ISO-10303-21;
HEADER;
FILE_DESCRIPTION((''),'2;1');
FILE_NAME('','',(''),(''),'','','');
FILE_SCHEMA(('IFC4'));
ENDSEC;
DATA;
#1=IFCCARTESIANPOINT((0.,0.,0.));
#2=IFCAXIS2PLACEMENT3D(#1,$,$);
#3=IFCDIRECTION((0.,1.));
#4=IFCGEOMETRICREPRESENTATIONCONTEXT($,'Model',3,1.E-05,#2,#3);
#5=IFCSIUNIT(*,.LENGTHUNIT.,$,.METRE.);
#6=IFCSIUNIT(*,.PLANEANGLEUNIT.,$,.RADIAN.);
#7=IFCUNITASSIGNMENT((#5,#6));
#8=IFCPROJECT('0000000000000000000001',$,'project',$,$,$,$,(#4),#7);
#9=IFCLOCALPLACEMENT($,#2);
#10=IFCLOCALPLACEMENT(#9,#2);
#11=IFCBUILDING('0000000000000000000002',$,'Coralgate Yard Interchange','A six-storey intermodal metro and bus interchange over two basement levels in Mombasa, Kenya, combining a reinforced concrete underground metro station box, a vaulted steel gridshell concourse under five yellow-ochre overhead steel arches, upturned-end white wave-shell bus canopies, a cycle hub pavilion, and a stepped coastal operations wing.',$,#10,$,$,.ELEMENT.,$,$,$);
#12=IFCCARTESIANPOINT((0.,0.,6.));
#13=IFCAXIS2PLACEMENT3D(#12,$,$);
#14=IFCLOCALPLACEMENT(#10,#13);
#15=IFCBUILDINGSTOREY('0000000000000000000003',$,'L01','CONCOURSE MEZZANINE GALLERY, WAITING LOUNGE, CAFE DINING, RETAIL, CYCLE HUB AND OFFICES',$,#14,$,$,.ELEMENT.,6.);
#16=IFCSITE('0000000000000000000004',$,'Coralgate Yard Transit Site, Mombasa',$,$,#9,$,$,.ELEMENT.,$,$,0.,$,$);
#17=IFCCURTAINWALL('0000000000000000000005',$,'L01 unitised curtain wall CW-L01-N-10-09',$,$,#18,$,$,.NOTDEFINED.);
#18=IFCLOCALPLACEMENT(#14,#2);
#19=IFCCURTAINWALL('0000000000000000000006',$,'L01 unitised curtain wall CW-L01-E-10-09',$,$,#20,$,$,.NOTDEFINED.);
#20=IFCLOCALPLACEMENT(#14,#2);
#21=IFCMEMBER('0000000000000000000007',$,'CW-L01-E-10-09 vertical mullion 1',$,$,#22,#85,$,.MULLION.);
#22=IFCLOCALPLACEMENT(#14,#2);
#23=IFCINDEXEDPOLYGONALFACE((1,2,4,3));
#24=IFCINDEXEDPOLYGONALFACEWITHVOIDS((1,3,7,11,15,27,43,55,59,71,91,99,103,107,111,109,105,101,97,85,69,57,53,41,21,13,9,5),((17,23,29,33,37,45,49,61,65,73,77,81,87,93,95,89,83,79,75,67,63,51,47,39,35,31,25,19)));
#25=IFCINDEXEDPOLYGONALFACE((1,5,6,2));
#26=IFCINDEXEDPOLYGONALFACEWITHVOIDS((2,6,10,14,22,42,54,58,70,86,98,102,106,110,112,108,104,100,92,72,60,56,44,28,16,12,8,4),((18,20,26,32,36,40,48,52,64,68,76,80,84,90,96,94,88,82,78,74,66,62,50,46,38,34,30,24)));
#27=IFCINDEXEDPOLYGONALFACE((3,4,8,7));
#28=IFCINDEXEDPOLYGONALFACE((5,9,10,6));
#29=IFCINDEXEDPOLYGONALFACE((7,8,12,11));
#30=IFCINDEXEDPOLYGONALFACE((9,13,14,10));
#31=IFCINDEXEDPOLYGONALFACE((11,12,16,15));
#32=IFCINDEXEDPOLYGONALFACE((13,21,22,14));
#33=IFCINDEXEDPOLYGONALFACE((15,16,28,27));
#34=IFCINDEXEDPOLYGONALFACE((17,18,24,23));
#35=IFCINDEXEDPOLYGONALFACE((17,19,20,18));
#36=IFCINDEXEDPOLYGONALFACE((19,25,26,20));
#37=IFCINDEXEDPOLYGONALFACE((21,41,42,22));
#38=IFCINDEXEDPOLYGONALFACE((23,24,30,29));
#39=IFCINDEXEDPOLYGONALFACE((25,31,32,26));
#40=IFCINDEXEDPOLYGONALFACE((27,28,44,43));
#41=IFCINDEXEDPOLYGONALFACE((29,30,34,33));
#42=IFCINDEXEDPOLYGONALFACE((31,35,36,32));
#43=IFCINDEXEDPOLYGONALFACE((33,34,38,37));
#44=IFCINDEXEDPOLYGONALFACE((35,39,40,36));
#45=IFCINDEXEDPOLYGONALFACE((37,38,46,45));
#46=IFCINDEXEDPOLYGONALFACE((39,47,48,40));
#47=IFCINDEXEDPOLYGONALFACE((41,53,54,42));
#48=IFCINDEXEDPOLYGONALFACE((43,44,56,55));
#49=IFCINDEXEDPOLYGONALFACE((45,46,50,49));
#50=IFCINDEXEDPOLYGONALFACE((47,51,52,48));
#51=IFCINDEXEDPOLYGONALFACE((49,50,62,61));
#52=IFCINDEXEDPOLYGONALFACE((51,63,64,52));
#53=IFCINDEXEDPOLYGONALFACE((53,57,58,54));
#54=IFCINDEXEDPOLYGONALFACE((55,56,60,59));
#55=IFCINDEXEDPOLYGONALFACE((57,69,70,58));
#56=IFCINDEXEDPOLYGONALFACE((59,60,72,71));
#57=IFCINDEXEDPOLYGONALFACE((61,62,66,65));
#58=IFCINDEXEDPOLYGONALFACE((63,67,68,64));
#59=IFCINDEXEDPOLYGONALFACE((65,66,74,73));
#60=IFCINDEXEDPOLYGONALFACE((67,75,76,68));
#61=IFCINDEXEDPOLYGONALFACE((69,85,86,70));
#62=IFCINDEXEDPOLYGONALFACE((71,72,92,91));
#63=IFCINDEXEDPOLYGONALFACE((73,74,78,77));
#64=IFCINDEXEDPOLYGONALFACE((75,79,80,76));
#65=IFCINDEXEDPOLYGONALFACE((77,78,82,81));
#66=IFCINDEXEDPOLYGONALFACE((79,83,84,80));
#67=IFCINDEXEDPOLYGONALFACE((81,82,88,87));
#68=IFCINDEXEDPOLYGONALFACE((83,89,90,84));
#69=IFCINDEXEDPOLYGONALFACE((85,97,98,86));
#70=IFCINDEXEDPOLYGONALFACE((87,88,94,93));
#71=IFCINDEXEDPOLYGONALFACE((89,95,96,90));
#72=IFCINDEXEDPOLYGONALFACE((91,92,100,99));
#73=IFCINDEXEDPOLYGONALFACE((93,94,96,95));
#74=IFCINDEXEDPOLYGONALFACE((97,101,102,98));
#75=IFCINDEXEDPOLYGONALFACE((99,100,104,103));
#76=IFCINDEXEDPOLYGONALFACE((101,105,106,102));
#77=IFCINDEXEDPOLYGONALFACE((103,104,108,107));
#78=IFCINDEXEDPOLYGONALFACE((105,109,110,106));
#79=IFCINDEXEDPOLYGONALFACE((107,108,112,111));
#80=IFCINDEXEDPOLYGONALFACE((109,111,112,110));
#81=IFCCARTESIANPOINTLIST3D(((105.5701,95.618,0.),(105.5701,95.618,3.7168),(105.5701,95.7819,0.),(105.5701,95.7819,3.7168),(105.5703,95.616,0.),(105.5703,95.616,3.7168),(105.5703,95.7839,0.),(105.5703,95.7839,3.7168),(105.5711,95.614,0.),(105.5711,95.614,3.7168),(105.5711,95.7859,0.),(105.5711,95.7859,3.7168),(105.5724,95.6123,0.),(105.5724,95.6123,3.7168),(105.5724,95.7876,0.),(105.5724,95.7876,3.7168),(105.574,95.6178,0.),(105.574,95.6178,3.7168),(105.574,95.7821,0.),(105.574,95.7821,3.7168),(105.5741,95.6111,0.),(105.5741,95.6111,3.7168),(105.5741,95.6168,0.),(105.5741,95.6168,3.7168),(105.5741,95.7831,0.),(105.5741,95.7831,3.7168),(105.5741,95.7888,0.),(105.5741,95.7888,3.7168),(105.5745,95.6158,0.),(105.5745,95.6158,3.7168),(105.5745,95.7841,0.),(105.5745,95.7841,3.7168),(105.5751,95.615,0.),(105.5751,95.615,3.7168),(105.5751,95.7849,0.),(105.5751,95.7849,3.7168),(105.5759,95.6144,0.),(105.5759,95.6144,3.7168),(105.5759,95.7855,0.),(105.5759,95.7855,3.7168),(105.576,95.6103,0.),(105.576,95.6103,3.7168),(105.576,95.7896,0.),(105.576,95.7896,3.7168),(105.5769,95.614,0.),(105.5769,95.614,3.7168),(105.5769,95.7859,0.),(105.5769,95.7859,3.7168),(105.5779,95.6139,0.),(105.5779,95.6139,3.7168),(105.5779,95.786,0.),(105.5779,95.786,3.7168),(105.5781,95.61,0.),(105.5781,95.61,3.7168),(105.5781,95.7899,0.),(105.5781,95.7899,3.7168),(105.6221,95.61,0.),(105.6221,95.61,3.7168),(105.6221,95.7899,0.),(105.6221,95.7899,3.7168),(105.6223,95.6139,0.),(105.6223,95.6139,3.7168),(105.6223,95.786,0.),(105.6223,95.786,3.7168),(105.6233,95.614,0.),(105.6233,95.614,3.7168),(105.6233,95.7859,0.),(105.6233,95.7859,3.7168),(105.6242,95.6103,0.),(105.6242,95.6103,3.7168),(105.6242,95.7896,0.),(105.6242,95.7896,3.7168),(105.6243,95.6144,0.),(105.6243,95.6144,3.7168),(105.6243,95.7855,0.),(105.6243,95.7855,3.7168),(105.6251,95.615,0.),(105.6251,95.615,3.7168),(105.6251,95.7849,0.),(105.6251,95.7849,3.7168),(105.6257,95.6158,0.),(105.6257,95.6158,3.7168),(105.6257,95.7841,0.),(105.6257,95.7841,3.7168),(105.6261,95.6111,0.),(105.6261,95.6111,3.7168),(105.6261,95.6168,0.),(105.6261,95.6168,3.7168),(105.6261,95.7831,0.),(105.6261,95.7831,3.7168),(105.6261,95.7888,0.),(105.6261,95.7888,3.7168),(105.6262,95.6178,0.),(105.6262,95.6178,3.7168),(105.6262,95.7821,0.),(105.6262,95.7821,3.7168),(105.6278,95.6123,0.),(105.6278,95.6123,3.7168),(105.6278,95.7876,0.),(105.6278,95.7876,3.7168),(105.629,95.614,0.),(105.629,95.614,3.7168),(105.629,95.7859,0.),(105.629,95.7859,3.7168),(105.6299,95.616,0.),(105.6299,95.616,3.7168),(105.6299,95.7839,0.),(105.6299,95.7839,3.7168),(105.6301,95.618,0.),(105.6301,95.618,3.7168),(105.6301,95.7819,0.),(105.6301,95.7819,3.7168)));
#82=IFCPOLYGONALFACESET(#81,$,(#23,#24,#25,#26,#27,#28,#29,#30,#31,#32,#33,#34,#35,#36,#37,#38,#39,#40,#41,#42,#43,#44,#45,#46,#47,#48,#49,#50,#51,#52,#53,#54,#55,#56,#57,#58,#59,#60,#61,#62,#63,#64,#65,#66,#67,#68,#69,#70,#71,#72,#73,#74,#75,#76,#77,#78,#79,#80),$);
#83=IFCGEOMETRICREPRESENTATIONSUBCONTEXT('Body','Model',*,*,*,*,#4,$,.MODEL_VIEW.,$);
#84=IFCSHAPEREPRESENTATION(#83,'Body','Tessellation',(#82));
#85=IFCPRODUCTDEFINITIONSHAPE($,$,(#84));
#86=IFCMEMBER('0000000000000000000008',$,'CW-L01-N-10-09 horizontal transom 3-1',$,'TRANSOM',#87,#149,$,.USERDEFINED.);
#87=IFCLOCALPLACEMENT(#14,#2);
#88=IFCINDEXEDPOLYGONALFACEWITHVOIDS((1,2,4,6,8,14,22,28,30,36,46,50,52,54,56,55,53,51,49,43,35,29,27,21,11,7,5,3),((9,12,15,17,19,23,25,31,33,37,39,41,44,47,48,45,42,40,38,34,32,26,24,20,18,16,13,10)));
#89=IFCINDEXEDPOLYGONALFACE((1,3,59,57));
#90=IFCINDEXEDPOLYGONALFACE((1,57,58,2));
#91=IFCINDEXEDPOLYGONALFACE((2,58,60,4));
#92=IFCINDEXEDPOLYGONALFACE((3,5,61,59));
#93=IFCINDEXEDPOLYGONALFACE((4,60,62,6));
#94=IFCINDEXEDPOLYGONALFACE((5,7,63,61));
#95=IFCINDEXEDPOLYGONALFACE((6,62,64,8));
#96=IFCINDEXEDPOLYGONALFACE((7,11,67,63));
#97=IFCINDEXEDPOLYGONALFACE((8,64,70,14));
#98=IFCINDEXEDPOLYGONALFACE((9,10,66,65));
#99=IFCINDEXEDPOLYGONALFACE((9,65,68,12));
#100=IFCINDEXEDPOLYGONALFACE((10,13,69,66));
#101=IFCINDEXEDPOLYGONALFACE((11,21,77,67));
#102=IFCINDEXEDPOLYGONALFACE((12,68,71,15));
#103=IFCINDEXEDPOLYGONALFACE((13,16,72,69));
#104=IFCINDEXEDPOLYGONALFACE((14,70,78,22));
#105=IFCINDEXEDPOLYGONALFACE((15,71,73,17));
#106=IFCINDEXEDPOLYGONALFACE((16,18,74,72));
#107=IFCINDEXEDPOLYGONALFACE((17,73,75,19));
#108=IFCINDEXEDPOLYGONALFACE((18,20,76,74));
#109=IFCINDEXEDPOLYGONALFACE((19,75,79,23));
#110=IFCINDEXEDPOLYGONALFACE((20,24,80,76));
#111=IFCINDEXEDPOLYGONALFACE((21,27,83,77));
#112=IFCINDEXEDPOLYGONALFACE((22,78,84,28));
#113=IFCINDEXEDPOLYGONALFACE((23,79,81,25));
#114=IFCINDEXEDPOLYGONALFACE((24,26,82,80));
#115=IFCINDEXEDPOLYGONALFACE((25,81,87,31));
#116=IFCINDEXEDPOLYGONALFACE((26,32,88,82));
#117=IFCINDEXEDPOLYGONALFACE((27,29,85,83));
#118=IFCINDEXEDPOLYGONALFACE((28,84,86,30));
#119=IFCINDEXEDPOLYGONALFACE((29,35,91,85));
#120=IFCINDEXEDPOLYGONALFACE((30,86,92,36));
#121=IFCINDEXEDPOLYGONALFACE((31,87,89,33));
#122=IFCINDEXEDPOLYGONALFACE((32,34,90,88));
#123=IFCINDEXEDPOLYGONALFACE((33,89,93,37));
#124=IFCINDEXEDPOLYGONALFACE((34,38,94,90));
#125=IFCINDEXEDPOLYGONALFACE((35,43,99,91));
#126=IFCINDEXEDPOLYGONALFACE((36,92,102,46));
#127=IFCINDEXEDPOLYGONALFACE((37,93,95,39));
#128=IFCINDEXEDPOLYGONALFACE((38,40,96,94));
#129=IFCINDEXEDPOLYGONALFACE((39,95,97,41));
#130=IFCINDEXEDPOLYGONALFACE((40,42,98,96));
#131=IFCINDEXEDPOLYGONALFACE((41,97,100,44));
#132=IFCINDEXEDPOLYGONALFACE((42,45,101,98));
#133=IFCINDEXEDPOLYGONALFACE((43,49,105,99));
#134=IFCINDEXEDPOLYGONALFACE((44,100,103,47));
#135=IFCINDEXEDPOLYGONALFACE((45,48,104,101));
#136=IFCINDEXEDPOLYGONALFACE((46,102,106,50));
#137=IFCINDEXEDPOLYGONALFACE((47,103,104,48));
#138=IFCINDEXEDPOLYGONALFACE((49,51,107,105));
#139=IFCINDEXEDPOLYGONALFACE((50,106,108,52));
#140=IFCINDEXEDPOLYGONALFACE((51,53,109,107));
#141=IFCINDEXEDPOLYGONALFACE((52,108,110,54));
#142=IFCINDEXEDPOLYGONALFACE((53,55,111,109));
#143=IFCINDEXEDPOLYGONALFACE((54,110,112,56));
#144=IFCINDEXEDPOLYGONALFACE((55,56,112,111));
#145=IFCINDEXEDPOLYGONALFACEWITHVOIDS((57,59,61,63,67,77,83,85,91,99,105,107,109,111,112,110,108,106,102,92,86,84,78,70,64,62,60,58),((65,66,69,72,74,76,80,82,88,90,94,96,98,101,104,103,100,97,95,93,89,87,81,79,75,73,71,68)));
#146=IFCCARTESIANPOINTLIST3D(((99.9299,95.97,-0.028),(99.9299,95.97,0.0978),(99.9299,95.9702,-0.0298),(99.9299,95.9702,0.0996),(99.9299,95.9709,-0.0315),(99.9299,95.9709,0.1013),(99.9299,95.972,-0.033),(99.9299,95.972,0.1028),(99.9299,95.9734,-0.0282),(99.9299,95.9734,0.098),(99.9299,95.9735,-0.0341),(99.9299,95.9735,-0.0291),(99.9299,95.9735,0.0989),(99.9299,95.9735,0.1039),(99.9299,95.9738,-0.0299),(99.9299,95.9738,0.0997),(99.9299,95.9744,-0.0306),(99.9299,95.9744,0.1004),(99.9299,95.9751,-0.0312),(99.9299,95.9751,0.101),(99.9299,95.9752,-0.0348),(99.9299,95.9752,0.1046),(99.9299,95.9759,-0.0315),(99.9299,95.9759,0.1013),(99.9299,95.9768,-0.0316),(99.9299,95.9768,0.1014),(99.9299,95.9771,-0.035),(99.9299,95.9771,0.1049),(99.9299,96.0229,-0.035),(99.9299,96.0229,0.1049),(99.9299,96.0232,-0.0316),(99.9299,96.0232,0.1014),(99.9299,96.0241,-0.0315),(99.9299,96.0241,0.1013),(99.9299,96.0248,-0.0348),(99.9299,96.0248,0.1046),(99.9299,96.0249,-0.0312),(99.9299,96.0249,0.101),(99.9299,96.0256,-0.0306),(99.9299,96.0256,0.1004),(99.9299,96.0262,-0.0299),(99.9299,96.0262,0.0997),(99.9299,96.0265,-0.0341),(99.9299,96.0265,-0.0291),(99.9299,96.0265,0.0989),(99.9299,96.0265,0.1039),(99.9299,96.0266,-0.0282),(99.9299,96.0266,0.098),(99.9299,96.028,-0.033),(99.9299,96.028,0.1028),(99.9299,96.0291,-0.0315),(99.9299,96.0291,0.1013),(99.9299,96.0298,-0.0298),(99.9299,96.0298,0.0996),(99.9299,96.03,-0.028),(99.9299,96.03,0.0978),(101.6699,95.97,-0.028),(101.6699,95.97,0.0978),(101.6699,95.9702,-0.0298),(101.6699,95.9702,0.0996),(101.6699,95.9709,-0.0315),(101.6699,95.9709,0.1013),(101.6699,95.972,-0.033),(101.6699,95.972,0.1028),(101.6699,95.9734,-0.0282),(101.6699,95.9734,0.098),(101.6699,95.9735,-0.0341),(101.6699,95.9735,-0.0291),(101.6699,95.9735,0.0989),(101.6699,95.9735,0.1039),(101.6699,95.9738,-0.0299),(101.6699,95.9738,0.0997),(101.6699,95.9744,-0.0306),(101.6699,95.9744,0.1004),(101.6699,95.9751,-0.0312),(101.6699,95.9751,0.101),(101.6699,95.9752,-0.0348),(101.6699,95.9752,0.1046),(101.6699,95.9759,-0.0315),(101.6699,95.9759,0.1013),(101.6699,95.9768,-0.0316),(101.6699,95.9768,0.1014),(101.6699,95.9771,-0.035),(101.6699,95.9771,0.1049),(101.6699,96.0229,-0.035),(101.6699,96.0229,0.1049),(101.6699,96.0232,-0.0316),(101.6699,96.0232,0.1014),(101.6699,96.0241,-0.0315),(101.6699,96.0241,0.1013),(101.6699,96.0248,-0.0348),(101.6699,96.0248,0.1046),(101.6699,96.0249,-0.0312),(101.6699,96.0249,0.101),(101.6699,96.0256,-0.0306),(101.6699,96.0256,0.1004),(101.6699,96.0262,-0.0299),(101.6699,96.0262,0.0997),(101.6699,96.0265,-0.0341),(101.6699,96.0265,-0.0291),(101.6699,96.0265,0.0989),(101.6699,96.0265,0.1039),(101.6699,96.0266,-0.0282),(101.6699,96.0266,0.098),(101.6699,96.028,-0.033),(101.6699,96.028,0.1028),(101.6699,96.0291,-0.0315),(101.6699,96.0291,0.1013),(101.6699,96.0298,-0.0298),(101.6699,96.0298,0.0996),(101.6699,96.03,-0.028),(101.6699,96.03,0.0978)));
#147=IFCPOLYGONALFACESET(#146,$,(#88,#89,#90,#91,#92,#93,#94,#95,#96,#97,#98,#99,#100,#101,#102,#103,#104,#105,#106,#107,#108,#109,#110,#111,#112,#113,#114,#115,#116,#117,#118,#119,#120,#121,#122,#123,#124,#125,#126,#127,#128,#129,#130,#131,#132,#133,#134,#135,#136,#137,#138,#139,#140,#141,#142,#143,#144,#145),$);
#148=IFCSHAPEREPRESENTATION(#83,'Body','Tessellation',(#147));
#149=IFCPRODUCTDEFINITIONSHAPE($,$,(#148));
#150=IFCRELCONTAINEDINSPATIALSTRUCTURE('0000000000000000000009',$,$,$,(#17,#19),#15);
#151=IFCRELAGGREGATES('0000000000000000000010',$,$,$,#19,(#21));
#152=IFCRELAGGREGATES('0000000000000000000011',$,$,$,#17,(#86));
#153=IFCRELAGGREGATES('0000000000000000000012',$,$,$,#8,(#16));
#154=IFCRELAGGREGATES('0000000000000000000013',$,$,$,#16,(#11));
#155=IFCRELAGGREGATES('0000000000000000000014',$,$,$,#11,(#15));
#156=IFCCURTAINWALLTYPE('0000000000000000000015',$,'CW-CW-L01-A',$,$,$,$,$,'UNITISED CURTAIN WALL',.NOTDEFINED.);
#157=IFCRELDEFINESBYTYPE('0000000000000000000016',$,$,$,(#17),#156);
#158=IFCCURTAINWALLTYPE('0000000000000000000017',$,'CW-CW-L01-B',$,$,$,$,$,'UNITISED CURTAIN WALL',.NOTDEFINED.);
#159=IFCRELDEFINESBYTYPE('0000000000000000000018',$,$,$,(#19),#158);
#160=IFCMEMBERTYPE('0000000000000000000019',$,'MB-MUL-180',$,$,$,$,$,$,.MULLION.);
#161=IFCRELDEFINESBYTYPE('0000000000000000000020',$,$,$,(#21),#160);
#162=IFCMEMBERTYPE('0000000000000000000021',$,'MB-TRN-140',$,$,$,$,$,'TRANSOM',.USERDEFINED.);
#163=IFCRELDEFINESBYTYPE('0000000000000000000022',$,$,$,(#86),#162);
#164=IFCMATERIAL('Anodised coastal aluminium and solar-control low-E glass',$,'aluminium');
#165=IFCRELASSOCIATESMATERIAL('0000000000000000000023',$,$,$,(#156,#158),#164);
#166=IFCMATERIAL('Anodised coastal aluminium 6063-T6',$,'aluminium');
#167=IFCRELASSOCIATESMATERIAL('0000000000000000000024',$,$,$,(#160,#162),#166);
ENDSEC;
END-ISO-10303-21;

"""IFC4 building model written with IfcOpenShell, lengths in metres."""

from ifc_helpers import new_model, si_unit, direction, frame, origin, origin_2d, place, context, subcontext, project, spatial, hollow_rectangle, extrude, material, material_profile, profile_set, type_object, element, aggregate, save


model = new_model("IFC4")

# Units and contexts
model_context = context("Model", 3, precision=1e-05, world=origin(), true_north=direction((0.0, 1.0)))
body_context = subcontext(model_context, "Body", "Model", "MODEL_VIEW")
ifc_project = project(units=[si_unit("LENGTHUNIT", "METRE"), si_unit("PLANEANGLEUNIT", "RADIAN")], contexts=[model_context])

# Site, building, storey
site_placement = place(None, origin())
site = spatial("IfcSite", under=ifc_project, at=site_placement, Name="Coralgate Yard Transit Site, Mombasa", CompositionType="ELEMENT", RefElevation=0.0)
building_placement = place(site_placement, origin())
building = spatial("IfcBuilding", under=site, at=building_placement, Name="Coralgate Yard Interchange", Description="A six-storey intermodal metro and bus interchange over two basement levels in Mombasa, Kenya, combining a reinforced concrete underground metro station box, a vaulted steel gridshell concourse under five yellow-ochre overhead steel arches, upturned-end white wave-shell bus canopies, a cycle hub pavilion, and a stepped coastal operations wing.", CompositionType="ELEMENT")
storey_placement = place(building_placement, frame((0.0, 0.0, 6.0)))
storey = spatial("IfcBuildingStorey", under=building, at=storey_placement, Name="L01", Description="CONCOURSE MEZZANINE GALLERY, WAITING LOUNGE, CAFE DINING, RETAIL, CYCLE HUB AND OFFICES", CompositionType="ELEMENT", Elevation=6.0)

# Curtain wall
ifc_material_1 = material(Name="Anodised coastal aluminium and solar-control low-E glass", Category="aluminium")
curtain_wall_type_1 = type_object("IfcCurtainWallType", Name="CW-CW-L01-A", ElementType="UNITISED CURTAIN WALL", PredefinedType="NOTDEFINED", material=ifc_material_1)
curtain_wall_1_placement = place(storey_placement, origin())
curtain_wall_1 = element("IfcCurtainWall", 1, at=curtain_wall_1_placement, inside=storey, type_object=curtain_wall_type_1, Name="L01 unitised curtain wall CW-L01-N-10-09", PredefinedType="NOTDEFINED")
ifc_material_2 = material(Name="Anodised coastal aluminium 6063-T6", Category="aluminium")
ifc_material_profile_1 = material_profile(ifc_material_2, hollow_rectangle(XDim=0.0601, YDim=0.1799, WallThickness=0.0039, InnerFilletRadius=0.0039, OuterFilletRadius=0.0081, at=origin_2d()), Name="ALU 60x180x4")
ifc_profile_set_1 = profile_set([ifc_material_profile_1], Name="Anodised coastal aluminium 6063-T6")
member_type_1 = type_object("IfcMemberType", Name="MB-MUL-180", PredefinedType="MULLION", material=ifc_profile_set_1)

# Curtain wall, member
curtain_wall_type_2 = type_object("IfcCurtainWallType", Name="CW-CW-L01-B", ElementType="UNITISED CURTAIN WALL", PredefinedType="NOTDEFINED", material=ifc_material_1)
curtain_wall_2_placement = place(storey_placement, origin())
curtain_wall_2 = element("IfcCurtainWall", 2, at=curtain_wall_2_placement, inside=storey, type_object=curtain_wall_type_2, Name="L01 unitised curtain wall CW-L01-E-10-09", PredefinedType="NOTDEFINED")
member_1_placement = place(storey_placement, frame((105.6001, 95.7, 0.0), z_axis=(0.0, 0.0, 1.0), x_axis=(1.0, 0.0, 0.0)))
member_1 = element("IfcMember", 3, at=member_1_placement, type_object=member_type_1, Name="CW-L01-E-10-09 vertical mullion 1", PredefinedType="MULLION", context=body_context, shape_type="SweptSolid", body=[
    extrude(hollow_rectangle(XDim=0.0601, YDim=0.1799, WallThickness=0.0039, InnerFilletRadius=0.0039, OuterFilletRadius=0.0081, at=origin_2d()), origin(), (0.0, 0.0, 1.0), 3.7168),
])

# Member
ifc_material_profile_2 = material_profile(ifc_material_2, hollow_rectangle(XDim=0.0601, YDim=0.1399, WallThickness=0.0034, InnerFilletRadius=0.0034, OuterFilletRadius=0.0071, at=origin_2d()), Name="ALU 60x140x3.5")
ifc_profile_set_2 = profile_set([ifc_material_profile_2], Name="Anodised coastal aluminium 6063-T6")
member_type_2 = type_object("IfcMemberType", Name="MB-TRN-140", ElementType="TRANSOM", PredefinedType="USERDEFINED", material=ifc_profile_set_2)
member_2_placement = place(storey_placement, frame((99.9299, 96.0, 0.0349), z_axis=(1.0, 0.0, 0.0), x_axis=(0.0, 1.0, 0.0)))
member_2 = element("IfcMember", 4, at=member_2_placement, type_object=member_type_2, Name="CW-L01-N-10-09 horizontal transom 3-1", ObjectType="TRANSOM", PredefinedType="USERDEFINED", context=body_context, shape_type="SweptSolid", body=[
    extrude(hollow_rectangle(XDim=0.0601, YDim=0.1399, WallThickness=0.0034, InnerFilletRadius=0.0034, OuterFilletRadius=0.0071, at=origin_2d()), origin(), (0.0, 0.0, 1.0), 1.74),
])
aggregate(curtain_wall_2, [member_1])

aggregate(curtain_wall_1, [member_2])

save(model, "model.ifc")
